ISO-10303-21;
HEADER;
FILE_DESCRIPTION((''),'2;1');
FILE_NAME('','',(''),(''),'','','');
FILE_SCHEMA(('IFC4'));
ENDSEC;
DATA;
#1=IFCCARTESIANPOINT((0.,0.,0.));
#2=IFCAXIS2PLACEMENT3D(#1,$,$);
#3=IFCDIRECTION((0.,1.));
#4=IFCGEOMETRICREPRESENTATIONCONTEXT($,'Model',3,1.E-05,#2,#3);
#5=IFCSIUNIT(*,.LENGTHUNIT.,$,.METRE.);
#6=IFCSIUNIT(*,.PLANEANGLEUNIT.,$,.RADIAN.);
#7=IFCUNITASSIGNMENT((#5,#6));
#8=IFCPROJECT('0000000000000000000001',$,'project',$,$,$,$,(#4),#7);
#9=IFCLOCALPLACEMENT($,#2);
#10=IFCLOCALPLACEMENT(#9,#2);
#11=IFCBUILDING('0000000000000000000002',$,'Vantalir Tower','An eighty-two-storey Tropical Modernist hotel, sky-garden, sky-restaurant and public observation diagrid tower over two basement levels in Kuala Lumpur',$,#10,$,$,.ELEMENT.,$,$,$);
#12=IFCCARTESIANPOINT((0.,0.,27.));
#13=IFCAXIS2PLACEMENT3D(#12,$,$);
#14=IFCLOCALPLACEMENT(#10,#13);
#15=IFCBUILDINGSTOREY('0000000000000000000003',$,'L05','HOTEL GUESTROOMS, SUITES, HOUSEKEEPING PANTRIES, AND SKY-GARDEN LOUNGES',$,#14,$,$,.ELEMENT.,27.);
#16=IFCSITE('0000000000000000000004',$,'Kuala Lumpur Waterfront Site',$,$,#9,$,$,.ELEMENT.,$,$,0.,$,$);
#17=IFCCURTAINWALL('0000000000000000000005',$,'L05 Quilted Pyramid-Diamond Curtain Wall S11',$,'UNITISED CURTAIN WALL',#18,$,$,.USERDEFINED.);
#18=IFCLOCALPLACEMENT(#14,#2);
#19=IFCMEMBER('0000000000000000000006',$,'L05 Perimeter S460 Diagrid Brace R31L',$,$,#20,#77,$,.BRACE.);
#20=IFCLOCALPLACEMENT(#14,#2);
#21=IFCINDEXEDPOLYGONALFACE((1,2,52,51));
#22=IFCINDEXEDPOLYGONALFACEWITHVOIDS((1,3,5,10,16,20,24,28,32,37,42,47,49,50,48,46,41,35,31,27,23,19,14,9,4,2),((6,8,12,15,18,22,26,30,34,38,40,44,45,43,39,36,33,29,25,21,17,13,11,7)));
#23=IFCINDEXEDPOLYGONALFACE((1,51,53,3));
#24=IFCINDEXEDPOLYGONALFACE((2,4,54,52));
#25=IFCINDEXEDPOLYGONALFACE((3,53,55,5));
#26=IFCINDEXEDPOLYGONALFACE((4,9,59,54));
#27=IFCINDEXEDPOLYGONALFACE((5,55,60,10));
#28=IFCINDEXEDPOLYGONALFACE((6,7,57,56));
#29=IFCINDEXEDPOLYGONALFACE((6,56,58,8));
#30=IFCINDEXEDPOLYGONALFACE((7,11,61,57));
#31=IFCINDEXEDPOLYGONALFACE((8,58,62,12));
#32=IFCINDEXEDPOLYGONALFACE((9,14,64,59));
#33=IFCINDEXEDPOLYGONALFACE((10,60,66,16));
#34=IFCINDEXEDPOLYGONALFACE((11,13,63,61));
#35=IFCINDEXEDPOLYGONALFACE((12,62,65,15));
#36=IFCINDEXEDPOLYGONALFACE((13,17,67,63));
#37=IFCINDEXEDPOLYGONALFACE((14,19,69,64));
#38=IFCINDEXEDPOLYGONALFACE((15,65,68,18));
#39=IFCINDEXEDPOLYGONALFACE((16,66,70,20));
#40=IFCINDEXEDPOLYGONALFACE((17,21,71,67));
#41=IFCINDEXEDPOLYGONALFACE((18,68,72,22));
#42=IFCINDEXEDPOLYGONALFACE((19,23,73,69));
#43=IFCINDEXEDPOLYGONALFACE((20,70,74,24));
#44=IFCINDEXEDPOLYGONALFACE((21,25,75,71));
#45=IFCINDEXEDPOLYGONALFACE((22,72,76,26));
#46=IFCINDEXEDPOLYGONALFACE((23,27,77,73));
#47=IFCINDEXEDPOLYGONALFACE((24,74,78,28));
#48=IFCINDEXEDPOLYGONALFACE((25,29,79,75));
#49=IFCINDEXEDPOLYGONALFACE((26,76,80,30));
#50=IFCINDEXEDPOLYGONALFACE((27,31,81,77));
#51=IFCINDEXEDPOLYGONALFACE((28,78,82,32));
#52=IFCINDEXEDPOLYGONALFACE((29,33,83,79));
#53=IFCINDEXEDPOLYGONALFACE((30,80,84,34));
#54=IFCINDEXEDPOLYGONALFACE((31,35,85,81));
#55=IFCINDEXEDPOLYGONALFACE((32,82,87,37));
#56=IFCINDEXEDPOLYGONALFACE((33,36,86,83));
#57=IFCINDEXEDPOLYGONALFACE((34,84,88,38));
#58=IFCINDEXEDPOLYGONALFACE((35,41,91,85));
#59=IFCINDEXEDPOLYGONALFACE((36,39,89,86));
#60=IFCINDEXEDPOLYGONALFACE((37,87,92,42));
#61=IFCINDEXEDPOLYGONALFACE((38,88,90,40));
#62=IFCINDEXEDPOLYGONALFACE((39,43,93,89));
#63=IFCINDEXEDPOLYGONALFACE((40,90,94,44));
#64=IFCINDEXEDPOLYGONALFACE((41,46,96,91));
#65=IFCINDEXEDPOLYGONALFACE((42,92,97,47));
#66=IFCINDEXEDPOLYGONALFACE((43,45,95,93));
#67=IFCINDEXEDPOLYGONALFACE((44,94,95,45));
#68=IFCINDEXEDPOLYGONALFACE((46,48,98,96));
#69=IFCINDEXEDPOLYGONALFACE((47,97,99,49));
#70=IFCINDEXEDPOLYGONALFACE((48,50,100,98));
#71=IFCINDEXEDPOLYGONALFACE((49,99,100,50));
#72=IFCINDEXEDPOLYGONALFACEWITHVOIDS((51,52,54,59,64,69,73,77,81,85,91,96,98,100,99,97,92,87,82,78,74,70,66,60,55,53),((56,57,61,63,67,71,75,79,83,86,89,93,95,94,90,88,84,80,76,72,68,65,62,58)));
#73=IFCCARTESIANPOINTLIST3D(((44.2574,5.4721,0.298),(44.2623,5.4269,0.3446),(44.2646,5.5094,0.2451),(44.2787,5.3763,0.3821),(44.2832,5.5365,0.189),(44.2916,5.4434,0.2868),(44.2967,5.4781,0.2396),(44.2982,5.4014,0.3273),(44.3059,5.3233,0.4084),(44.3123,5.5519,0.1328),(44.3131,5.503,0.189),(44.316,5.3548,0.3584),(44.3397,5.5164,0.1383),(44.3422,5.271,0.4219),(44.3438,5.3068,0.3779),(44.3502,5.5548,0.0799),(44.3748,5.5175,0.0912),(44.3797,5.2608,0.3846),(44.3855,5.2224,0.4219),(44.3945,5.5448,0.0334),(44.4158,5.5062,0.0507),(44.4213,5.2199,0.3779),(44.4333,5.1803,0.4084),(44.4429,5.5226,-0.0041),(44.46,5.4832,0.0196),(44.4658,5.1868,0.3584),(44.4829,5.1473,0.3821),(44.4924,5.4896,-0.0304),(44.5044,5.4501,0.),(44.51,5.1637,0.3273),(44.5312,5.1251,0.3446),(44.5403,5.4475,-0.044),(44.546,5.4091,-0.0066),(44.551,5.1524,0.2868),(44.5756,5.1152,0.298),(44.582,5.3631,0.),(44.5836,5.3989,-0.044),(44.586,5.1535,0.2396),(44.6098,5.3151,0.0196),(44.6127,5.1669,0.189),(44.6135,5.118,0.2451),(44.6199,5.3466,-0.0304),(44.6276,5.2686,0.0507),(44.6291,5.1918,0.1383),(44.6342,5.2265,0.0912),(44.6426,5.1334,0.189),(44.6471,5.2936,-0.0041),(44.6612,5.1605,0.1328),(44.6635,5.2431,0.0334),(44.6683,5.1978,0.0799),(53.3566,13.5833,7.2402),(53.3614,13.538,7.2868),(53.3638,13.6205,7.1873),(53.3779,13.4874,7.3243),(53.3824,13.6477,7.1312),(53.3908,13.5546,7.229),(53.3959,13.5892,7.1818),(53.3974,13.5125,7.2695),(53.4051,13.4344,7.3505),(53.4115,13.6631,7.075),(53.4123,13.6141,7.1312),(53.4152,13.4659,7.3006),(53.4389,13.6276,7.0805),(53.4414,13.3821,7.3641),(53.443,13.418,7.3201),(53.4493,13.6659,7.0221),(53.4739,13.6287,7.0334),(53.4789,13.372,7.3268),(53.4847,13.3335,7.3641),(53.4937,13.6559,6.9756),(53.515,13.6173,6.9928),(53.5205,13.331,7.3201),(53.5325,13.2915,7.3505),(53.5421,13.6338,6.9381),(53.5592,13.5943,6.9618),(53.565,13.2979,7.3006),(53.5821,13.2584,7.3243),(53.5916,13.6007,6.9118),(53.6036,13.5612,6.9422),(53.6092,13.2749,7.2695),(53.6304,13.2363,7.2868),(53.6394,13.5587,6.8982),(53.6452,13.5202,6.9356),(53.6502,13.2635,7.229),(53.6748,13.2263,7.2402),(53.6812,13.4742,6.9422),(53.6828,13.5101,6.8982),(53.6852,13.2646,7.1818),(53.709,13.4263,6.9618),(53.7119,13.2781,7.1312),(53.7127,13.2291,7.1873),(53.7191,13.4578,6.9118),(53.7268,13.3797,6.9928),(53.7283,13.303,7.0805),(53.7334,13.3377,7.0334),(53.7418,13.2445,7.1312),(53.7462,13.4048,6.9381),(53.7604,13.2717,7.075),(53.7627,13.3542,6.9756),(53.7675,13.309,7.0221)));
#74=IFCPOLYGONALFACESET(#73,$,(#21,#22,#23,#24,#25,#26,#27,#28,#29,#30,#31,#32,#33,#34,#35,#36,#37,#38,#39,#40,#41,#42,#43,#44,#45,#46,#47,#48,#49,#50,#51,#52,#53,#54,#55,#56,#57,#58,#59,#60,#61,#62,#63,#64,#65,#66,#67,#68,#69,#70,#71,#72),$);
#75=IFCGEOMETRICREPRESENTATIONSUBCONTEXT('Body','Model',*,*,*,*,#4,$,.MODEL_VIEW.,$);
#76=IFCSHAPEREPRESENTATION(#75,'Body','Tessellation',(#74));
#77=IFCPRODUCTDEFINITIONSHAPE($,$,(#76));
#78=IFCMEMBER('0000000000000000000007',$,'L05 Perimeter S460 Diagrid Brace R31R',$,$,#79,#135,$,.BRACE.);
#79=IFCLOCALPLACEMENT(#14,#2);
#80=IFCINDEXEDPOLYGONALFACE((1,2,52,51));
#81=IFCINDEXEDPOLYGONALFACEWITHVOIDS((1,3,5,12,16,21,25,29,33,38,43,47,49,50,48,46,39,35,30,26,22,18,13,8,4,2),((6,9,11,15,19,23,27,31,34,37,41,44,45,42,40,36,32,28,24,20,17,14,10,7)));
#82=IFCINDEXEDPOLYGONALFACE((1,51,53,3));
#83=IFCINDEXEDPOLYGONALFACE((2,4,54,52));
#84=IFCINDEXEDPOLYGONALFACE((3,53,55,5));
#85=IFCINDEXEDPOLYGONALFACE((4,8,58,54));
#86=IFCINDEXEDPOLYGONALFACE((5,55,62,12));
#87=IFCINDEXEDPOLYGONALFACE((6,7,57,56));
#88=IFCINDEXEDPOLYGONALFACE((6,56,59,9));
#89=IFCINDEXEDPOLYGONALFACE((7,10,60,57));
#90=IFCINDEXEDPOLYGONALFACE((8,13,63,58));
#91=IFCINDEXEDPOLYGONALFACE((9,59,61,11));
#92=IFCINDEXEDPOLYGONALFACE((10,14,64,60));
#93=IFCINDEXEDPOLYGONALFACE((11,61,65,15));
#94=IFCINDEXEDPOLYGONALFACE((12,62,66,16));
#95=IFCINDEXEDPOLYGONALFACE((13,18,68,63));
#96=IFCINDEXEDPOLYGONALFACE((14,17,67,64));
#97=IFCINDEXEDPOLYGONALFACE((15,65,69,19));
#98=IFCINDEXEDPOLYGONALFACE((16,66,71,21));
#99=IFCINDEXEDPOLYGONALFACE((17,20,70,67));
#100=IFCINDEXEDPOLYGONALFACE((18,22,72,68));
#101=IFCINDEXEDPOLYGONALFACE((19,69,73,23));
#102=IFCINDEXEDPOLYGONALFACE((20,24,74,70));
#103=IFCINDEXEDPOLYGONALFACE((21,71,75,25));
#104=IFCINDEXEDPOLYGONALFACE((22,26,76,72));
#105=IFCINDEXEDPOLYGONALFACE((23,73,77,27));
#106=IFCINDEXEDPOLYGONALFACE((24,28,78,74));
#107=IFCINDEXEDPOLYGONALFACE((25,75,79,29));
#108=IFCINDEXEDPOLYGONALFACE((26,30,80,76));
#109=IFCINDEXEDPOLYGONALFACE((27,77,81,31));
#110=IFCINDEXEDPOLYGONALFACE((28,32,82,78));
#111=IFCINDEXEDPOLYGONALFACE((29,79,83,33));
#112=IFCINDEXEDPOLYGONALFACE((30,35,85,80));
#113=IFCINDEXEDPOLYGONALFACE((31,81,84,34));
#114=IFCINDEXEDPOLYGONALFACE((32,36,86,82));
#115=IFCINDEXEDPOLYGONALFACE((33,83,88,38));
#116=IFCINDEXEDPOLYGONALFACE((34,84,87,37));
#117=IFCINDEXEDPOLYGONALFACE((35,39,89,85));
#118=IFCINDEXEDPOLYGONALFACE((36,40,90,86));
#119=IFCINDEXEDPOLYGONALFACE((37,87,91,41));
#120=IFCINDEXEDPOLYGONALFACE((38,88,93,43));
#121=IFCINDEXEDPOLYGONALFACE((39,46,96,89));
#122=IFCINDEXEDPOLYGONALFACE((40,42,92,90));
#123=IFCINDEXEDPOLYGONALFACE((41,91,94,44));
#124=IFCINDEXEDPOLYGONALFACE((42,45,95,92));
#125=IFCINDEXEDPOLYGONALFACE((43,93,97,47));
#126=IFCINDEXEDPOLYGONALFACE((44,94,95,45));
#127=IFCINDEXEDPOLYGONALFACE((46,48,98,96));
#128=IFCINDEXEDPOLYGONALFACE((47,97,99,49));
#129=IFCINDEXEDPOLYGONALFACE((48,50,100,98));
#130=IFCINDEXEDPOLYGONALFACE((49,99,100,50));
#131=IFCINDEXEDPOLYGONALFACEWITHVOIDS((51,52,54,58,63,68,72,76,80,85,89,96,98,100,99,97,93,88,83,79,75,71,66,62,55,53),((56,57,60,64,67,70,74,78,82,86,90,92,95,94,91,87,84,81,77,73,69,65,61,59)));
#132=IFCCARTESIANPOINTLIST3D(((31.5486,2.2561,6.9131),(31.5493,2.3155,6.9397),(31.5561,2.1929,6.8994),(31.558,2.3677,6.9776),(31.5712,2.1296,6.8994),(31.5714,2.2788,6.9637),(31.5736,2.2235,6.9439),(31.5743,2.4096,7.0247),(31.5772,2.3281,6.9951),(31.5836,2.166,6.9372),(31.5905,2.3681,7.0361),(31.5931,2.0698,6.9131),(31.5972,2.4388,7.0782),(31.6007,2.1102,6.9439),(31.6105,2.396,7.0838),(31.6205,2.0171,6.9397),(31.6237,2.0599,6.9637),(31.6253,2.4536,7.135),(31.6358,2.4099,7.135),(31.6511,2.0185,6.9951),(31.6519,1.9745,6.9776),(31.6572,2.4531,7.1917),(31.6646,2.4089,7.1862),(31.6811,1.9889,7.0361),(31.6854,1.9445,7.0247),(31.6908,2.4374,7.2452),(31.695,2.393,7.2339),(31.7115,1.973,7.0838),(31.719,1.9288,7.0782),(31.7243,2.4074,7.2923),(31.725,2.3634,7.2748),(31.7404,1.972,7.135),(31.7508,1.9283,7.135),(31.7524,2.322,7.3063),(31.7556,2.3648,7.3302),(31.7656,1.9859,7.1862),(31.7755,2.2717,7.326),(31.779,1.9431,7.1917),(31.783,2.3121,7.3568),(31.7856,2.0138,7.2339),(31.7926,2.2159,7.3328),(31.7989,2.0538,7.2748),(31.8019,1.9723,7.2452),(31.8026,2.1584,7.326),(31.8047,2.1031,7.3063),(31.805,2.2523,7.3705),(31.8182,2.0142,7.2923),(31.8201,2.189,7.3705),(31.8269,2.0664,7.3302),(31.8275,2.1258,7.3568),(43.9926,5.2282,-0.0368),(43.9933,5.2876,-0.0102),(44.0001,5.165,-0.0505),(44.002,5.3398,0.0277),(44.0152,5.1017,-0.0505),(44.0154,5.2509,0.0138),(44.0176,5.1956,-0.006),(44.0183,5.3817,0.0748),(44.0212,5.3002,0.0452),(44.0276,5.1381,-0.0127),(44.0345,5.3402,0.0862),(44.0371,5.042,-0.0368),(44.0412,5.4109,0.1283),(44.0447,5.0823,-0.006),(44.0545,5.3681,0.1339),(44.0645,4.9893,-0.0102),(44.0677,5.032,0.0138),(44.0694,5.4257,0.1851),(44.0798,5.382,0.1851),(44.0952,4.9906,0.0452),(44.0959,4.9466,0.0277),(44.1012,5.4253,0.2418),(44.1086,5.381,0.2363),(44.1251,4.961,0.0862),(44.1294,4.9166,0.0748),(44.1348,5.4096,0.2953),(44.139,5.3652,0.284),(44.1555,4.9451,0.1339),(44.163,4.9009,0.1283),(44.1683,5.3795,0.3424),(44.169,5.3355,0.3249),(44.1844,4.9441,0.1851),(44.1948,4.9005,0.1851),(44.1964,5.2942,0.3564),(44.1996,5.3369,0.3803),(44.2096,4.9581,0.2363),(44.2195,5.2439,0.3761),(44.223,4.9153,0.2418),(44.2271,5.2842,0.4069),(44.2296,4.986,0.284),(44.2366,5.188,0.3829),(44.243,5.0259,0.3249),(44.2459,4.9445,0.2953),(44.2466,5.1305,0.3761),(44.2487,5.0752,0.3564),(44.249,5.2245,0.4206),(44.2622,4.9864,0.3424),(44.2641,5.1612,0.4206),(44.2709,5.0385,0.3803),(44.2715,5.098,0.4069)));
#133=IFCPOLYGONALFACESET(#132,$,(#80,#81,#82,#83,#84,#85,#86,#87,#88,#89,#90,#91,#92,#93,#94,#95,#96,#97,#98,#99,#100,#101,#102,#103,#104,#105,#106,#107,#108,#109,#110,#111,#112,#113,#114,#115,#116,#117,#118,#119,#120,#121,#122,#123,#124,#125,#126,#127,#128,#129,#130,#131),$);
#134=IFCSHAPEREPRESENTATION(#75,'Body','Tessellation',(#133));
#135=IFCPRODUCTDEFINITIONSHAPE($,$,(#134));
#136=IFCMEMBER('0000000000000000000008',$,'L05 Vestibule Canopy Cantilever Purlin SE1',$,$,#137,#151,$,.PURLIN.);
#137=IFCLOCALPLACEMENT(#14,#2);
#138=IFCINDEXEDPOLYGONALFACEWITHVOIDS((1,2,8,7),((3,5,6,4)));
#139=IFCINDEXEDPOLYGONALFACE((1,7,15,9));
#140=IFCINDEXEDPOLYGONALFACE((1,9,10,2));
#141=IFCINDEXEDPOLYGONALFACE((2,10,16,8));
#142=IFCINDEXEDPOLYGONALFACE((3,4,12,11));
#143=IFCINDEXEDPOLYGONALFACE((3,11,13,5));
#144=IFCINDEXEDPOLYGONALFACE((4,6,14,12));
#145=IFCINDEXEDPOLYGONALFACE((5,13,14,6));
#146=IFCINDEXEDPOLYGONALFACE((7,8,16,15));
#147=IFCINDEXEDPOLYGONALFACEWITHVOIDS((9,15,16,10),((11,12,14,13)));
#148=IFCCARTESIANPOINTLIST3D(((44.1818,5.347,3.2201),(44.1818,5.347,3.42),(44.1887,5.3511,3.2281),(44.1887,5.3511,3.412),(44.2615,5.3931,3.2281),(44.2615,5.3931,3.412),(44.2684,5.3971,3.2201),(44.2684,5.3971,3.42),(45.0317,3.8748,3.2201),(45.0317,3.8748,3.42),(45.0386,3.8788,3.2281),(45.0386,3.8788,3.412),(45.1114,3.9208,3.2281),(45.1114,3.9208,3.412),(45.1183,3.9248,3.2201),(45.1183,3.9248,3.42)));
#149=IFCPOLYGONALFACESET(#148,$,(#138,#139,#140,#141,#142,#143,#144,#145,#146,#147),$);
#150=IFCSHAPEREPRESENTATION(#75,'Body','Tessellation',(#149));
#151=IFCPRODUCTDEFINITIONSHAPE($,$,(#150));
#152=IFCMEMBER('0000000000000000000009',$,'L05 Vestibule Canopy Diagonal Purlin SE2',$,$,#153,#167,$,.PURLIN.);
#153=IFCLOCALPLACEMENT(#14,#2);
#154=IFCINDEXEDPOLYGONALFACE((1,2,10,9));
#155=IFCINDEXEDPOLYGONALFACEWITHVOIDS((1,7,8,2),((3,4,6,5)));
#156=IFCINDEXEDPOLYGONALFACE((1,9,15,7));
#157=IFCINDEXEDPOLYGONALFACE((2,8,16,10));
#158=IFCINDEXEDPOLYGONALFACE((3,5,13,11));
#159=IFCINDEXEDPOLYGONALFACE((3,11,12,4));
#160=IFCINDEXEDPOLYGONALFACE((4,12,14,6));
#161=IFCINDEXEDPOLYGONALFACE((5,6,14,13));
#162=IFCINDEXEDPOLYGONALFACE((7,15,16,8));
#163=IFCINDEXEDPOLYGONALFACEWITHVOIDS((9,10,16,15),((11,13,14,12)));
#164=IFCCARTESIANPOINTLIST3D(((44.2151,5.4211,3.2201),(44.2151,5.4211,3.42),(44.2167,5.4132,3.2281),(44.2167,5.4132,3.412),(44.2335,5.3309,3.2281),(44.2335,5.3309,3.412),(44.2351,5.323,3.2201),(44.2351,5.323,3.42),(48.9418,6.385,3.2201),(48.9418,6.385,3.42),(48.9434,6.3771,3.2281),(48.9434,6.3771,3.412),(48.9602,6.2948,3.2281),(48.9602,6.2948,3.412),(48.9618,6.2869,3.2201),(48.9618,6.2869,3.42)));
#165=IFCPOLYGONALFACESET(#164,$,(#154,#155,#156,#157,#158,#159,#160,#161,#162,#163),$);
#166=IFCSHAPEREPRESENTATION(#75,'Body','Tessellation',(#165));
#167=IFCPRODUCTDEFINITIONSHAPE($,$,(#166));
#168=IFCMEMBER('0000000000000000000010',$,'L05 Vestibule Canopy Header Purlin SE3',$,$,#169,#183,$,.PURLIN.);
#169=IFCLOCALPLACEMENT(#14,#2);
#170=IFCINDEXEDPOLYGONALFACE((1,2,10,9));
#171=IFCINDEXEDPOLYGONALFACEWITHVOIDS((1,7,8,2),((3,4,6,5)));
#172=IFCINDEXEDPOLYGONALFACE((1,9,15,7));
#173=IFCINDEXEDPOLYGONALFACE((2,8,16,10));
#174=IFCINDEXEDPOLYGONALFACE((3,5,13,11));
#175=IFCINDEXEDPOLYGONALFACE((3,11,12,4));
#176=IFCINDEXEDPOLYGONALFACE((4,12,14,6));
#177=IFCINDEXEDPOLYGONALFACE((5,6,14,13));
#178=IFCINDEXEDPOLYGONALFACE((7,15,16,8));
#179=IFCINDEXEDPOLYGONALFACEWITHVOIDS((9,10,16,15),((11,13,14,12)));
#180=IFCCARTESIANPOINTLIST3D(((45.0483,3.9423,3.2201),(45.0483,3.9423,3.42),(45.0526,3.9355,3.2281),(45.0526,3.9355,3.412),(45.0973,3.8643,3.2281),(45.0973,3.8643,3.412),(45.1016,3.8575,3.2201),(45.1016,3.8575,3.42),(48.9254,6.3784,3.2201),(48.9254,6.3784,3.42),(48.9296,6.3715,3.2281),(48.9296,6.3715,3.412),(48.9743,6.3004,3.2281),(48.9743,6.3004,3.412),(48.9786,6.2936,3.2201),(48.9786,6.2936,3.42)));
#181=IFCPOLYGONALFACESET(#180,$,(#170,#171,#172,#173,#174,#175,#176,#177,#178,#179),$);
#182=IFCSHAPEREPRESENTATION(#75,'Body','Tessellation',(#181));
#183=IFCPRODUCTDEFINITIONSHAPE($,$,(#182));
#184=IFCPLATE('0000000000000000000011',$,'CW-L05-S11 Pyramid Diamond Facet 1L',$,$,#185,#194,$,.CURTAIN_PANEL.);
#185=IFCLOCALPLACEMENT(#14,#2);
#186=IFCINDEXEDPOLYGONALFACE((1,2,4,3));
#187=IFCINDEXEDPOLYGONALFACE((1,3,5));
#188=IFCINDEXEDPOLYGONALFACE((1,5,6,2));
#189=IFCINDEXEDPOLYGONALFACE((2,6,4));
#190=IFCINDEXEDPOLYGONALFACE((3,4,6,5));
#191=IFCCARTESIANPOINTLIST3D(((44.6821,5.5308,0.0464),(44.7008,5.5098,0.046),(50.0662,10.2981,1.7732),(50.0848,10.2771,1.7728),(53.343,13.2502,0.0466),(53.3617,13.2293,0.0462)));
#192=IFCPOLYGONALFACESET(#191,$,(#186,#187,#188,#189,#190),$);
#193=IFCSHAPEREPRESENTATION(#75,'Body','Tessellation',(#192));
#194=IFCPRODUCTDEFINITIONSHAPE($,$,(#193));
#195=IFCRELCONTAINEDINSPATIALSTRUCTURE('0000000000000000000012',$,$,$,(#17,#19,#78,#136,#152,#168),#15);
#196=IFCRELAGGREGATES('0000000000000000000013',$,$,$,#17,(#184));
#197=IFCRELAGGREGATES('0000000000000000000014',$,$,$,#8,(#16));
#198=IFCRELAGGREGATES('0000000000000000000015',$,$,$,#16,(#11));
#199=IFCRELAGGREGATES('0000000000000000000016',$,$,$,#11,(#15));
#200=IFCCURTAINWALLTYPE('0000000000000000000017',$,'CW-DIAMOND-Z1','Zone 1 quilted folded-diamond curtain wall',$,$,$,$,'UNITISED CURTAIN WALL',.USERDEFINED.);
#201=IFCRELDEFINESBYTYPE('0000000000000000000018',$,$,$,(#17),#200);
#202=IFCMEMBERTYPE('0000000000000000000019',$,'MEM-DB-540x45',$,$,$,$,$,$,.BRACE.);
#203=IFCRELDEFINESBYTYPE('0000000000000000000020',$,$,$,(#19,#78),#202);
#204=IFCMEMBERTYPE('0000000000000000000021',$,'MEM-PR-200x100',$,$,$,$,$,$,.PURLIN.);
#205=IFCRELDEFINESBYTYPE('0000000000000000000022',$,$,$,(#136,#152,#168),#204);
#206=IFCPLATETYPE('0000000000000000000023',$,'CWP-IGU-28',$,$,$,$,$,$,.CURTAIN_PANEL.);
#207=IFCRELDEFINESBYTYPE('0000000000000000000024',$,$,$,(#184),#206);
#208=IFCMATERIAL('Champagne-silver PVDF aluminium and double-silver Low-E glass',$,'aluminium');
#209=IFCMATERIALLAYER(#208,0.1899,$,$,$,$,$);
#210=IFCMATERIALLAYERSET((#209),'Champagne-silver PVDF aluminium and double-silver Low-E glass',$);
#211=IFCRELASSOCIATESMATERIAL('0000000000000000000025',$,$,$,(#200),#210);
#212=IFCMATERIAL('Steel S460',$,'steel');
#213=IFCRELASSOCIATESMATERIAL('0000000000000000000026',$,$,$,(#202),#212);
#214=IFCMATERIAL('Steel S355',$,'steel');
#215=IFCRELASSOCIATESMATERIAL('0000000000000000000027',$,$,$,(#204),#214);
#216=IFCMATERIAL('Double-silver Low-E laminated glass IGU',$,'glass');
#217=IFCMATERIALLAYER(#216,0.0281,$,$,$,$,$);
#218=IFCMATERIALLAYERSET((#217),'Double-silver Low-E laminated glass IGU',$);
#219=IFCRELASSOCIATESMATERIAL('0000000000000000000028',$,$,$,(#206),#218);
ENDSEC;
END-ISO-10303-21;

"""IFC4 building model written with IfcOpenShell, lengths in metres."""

from ifc_helpers import new_model, si_unit, direction, frame, origin, origin_2d, place, context, subcontext, project, spatial, polyline, hollow_rectangle, hollow_circle, outline, extrude, material, layer, layer_set, material_profile, profile_set, type_object, element, aggregate, save


model = new_model("IFC4")

# Units and contexts
model_context = context("Model", 3, precision=1e-05, world=origin(), true_north=direction((0.0, 1.0)))
body_context = subcontext(model_context, "Body", "Model", "MODEL_VIEW")
ifc_project = project(units=[si_unit("LENGTHUNIT", "METRE"), si_unit("PLANEANGLEUNIT", "RADIAN")], contexts=[model_context])

# Site, building, storey
site_placement = place(None, origin())
site = spatial("IfcSite", under=ifc_project, at=site_placement, Name="Kuala Lumpur Waterfront Site", CompositionType="ELEMENT", RefElevation=0.0)
building_placement = place(site_placement, origin())
building = spatial("IfcBuilding", under=site, at=building_placement, Name="Vantalir Tower", Description="An eighty-two-storey Tropical Modernist hotel, sky-garden, sky-restaurant and public observation diagrid tower over two basement levels in Kuala Lumpur", CompositionType="ELEMENT")
storey_placement = place(building_placement, frame((0.0, 0.0, 27.0)))
storey = spatial("IfcBuildingStorey", under=building, at=storey_placement, Name="L05", Description="HOTEL GUESTROOMS, SUITES, HOUSEKEEPING PANTRIES, AND SKY-GARDEN LOUNGES", CompositionType="ELEMENT", Elevation=27.0)

# Shared definitions
ifc_material_1 = material(Name="Steel S460", Category="steel")

# Shared definitions
ifc_material_2 = material(Name="Steel S355", Category="steel")

# Shared definitions
ifc_material_3 = material(Name="Champagne-silver PVDF aluminium and double-silver Low-E glass", Category="aluminium")
ifc_layer_1 = layer(ifc_material_3, 0.1899)
ifc_layer_set_1 = layer_set([ifc_layer_1], Name="Champagne-silver PVDF aluminium and double-silver Low-E glass")
curtain_wall_type = type_object("IfcCurtainWallType", Name="CW-DIAMOND-Z1", Description="Zone 1 quilted folded-diamond curtain wall", ElementType="UNITISED CURTAIN WALL", PredefinedType="USERDEFINED", material=ifc_layer_set_1)

# Curtain wall
curtain_wall_1_placement = place(storey_placement, origin())
curtain_wall_1 = element("IfcCurtainWall", 1, at=curtain_wall_1_placement, inside=storey, type_object=curtain_wall_type, Name="L05 Quilted Pyramid-Diamond Curtain Wall S11", ObjectType="UNITISED CURTAIN WALL", PredefinedType="USERDEFINED")

# Members
ifc_material_profile_1 = material_profile(ifc_material_1, hollow_circle(Radius=0.27, WallThickness=0.0449, at=origin_2d()), Name="Steel S460")
ifc_profile_set_1 = profile_set([ifc_material_profile_1], Name="Steel S460")
member_type_1 = type_object("IfcMemberType", Name="MEM-DB-540x45", PredefinedType="BRACE", material=ifc_profile_set_1)
member_1_placement = place(storey_placement, frame((44.4629, 5.335, 0.189), z_axis=(0.648653, 0.578218, 0.494887), x_axis=(-0.665416, 0.746473, 0.0)))
element("IfcMember", 2, at=member_1_placement, inside=storey, type_object=member_type_1, Name="L05 Perimeter S460 Diagrid Brace R31L", PredefinedType="BRACE", context=body_context, shape_type="SweptSolid", body=[
    extrude(hollow_circle(Radius=0.27, WallThickness=0.0449, at=origin_2d()), origin(), (0.0, 0.0, 1.0), 14.0278),
])
member_2_placement = place(storey_placement, frame((44.1321, 5.1631, 0.1851), z_axis=(-0.854682, -0.204134, 0.477335), x_axis=(0.232308, -0.972642, 0.0)))
element("IfcMember", 3, at=member_2_placement, inside=storey, type_object=member_type_1, Name="L05 Perimeter S460 Diagrid Brace R31R", PredefinedType="BRACE", context=body_context, shape_type="SweptSolid", body=[
    extrude(hollow_circle(Radius=0.27, WallThickness=0.0449, at=origin_2d()), origin(), (0.0, 0.0, 1.0), 14.5598),
])
ifc_material_profile_2 = material_profile(ifc_material_2, hollow_rectangle(XDim=0.1001, YDim=0.2, WallThickness=0.0081, at=origin_2d()), Name="Steel S355")
ifc_profile_set_2 = profile_set([ifc_material_profile_2], Name="Steel S355")
member_type_2 = type_object("IfcMemberType", Name="MEM-PR-200x100", PredefinedType="PURLIN", material=ifc_profile_set_2)
member_3_placement = place(storey_placement, frame((44.2251, 5.3721, 3.3201), z_axis=(0.499955, -0.866052, 0.0), x_axis=(0.866052, 0.499955, 0.0)))
element("IfcMember", 4, at=member_3_placement, inside=storey, type_object=member_type_2, Name="L05 Vestibule Canopy Cantilever Purlin SE1", PredefinedType="PURLIN", context=body_context, shape_type="SweptSolid", body=[
    extrude(hollow_rectangle(XDim=0.1001, YDim=0.2, WallThickness=0.0081, at=origin_2d()), origin(), (0.0, 0.0, 1.0), 1.7),
])
member_4_placement = place(storey_placement, frame((44.2251, 5.3721, 3.3201), z_axis=(0.979836, 0.199803, 0.0), x_axis=(-0.199803, 0.979836, 0.0)))
element("IfcMember", 5, at=member_4_placement, inside=storey, type_object=member_type_2, Name="L05 Vestibule Canopy Diagonal Purlin SE2", PredefinedType="PURLIN", context=body_context, shape_type="SweptSolid", body=[
    extrude(hollow_rectangle(XDim=0.1001, YDim=0.2, WallThickness=0.0081, at=origin_2d()), origin(), (0.0, 0.0, 1.0), 4.824),
])
member_5_placement = place(storey_placement, frame((45.075, 3.8999, 3.3201), z_axis=(0.846726, 0.53203, 0.0), x_axis=(-0.53203, 0.846726, 0.0)))
element("IfcMember", 6, at=member_5_placement, inside=storey, type_object=member_type_2, Name="L05 Vestibule Canopy Header Purlin SE3", PredefinedType="PURLIN", context=body_context, shape_type="SweptSolid", body=[
    extrude(hollow_rectangle(XDim=0.1001, YDim=0.2, WallThickness=0.0081, at=origin_2d()), origin(), (0.0, 0.0, 1.0), 4.5789),
])

# Plate
ifc_material_4 = material(Name="Double-silver Low-E laminated glass IGU", Category="glass")
ifc_layer_2 = layer(ifc_material_4, 0.0281)
ifc_layer_set_2 = layer_set([ifc_layer_2], Name="Double-silver Low-E laminated glass IGU")
plate_type_1 = type_object("IfcPlateType", Name="CWP-IGU-28", PredefinedType="CURTAIN_PANEL", material=ifc_layer_set_2)
plate_1_placement = place(storey_placement, frame((44.6821, 5.5308, 0.0464), z_axis=(-0.665309, 0.746444, 0.013607), x_axis=(0.746513, 0.66537, 0.000021)))
plate_1 = element("IfcPlate", 7, at=plate_1_placement, type_object=plate_type_1, Name="CW-L05-S11 Pyramid Diamond Facet 1L", PredefinedType="CURTAIN_PANEL", context=body_context, shape_type="SweptSolid", body=[
    extrude(outline(polyline([(0.0, 0.0), (11.6018, 0.0), (7.1913, -1.7268), (0.0, 0.0)])), origin(), (0.0, 0.0, -1.0), 0.0281),
])
aggregate(curtain_wall_1, [plate_1])

save(model, "model.ifc")
